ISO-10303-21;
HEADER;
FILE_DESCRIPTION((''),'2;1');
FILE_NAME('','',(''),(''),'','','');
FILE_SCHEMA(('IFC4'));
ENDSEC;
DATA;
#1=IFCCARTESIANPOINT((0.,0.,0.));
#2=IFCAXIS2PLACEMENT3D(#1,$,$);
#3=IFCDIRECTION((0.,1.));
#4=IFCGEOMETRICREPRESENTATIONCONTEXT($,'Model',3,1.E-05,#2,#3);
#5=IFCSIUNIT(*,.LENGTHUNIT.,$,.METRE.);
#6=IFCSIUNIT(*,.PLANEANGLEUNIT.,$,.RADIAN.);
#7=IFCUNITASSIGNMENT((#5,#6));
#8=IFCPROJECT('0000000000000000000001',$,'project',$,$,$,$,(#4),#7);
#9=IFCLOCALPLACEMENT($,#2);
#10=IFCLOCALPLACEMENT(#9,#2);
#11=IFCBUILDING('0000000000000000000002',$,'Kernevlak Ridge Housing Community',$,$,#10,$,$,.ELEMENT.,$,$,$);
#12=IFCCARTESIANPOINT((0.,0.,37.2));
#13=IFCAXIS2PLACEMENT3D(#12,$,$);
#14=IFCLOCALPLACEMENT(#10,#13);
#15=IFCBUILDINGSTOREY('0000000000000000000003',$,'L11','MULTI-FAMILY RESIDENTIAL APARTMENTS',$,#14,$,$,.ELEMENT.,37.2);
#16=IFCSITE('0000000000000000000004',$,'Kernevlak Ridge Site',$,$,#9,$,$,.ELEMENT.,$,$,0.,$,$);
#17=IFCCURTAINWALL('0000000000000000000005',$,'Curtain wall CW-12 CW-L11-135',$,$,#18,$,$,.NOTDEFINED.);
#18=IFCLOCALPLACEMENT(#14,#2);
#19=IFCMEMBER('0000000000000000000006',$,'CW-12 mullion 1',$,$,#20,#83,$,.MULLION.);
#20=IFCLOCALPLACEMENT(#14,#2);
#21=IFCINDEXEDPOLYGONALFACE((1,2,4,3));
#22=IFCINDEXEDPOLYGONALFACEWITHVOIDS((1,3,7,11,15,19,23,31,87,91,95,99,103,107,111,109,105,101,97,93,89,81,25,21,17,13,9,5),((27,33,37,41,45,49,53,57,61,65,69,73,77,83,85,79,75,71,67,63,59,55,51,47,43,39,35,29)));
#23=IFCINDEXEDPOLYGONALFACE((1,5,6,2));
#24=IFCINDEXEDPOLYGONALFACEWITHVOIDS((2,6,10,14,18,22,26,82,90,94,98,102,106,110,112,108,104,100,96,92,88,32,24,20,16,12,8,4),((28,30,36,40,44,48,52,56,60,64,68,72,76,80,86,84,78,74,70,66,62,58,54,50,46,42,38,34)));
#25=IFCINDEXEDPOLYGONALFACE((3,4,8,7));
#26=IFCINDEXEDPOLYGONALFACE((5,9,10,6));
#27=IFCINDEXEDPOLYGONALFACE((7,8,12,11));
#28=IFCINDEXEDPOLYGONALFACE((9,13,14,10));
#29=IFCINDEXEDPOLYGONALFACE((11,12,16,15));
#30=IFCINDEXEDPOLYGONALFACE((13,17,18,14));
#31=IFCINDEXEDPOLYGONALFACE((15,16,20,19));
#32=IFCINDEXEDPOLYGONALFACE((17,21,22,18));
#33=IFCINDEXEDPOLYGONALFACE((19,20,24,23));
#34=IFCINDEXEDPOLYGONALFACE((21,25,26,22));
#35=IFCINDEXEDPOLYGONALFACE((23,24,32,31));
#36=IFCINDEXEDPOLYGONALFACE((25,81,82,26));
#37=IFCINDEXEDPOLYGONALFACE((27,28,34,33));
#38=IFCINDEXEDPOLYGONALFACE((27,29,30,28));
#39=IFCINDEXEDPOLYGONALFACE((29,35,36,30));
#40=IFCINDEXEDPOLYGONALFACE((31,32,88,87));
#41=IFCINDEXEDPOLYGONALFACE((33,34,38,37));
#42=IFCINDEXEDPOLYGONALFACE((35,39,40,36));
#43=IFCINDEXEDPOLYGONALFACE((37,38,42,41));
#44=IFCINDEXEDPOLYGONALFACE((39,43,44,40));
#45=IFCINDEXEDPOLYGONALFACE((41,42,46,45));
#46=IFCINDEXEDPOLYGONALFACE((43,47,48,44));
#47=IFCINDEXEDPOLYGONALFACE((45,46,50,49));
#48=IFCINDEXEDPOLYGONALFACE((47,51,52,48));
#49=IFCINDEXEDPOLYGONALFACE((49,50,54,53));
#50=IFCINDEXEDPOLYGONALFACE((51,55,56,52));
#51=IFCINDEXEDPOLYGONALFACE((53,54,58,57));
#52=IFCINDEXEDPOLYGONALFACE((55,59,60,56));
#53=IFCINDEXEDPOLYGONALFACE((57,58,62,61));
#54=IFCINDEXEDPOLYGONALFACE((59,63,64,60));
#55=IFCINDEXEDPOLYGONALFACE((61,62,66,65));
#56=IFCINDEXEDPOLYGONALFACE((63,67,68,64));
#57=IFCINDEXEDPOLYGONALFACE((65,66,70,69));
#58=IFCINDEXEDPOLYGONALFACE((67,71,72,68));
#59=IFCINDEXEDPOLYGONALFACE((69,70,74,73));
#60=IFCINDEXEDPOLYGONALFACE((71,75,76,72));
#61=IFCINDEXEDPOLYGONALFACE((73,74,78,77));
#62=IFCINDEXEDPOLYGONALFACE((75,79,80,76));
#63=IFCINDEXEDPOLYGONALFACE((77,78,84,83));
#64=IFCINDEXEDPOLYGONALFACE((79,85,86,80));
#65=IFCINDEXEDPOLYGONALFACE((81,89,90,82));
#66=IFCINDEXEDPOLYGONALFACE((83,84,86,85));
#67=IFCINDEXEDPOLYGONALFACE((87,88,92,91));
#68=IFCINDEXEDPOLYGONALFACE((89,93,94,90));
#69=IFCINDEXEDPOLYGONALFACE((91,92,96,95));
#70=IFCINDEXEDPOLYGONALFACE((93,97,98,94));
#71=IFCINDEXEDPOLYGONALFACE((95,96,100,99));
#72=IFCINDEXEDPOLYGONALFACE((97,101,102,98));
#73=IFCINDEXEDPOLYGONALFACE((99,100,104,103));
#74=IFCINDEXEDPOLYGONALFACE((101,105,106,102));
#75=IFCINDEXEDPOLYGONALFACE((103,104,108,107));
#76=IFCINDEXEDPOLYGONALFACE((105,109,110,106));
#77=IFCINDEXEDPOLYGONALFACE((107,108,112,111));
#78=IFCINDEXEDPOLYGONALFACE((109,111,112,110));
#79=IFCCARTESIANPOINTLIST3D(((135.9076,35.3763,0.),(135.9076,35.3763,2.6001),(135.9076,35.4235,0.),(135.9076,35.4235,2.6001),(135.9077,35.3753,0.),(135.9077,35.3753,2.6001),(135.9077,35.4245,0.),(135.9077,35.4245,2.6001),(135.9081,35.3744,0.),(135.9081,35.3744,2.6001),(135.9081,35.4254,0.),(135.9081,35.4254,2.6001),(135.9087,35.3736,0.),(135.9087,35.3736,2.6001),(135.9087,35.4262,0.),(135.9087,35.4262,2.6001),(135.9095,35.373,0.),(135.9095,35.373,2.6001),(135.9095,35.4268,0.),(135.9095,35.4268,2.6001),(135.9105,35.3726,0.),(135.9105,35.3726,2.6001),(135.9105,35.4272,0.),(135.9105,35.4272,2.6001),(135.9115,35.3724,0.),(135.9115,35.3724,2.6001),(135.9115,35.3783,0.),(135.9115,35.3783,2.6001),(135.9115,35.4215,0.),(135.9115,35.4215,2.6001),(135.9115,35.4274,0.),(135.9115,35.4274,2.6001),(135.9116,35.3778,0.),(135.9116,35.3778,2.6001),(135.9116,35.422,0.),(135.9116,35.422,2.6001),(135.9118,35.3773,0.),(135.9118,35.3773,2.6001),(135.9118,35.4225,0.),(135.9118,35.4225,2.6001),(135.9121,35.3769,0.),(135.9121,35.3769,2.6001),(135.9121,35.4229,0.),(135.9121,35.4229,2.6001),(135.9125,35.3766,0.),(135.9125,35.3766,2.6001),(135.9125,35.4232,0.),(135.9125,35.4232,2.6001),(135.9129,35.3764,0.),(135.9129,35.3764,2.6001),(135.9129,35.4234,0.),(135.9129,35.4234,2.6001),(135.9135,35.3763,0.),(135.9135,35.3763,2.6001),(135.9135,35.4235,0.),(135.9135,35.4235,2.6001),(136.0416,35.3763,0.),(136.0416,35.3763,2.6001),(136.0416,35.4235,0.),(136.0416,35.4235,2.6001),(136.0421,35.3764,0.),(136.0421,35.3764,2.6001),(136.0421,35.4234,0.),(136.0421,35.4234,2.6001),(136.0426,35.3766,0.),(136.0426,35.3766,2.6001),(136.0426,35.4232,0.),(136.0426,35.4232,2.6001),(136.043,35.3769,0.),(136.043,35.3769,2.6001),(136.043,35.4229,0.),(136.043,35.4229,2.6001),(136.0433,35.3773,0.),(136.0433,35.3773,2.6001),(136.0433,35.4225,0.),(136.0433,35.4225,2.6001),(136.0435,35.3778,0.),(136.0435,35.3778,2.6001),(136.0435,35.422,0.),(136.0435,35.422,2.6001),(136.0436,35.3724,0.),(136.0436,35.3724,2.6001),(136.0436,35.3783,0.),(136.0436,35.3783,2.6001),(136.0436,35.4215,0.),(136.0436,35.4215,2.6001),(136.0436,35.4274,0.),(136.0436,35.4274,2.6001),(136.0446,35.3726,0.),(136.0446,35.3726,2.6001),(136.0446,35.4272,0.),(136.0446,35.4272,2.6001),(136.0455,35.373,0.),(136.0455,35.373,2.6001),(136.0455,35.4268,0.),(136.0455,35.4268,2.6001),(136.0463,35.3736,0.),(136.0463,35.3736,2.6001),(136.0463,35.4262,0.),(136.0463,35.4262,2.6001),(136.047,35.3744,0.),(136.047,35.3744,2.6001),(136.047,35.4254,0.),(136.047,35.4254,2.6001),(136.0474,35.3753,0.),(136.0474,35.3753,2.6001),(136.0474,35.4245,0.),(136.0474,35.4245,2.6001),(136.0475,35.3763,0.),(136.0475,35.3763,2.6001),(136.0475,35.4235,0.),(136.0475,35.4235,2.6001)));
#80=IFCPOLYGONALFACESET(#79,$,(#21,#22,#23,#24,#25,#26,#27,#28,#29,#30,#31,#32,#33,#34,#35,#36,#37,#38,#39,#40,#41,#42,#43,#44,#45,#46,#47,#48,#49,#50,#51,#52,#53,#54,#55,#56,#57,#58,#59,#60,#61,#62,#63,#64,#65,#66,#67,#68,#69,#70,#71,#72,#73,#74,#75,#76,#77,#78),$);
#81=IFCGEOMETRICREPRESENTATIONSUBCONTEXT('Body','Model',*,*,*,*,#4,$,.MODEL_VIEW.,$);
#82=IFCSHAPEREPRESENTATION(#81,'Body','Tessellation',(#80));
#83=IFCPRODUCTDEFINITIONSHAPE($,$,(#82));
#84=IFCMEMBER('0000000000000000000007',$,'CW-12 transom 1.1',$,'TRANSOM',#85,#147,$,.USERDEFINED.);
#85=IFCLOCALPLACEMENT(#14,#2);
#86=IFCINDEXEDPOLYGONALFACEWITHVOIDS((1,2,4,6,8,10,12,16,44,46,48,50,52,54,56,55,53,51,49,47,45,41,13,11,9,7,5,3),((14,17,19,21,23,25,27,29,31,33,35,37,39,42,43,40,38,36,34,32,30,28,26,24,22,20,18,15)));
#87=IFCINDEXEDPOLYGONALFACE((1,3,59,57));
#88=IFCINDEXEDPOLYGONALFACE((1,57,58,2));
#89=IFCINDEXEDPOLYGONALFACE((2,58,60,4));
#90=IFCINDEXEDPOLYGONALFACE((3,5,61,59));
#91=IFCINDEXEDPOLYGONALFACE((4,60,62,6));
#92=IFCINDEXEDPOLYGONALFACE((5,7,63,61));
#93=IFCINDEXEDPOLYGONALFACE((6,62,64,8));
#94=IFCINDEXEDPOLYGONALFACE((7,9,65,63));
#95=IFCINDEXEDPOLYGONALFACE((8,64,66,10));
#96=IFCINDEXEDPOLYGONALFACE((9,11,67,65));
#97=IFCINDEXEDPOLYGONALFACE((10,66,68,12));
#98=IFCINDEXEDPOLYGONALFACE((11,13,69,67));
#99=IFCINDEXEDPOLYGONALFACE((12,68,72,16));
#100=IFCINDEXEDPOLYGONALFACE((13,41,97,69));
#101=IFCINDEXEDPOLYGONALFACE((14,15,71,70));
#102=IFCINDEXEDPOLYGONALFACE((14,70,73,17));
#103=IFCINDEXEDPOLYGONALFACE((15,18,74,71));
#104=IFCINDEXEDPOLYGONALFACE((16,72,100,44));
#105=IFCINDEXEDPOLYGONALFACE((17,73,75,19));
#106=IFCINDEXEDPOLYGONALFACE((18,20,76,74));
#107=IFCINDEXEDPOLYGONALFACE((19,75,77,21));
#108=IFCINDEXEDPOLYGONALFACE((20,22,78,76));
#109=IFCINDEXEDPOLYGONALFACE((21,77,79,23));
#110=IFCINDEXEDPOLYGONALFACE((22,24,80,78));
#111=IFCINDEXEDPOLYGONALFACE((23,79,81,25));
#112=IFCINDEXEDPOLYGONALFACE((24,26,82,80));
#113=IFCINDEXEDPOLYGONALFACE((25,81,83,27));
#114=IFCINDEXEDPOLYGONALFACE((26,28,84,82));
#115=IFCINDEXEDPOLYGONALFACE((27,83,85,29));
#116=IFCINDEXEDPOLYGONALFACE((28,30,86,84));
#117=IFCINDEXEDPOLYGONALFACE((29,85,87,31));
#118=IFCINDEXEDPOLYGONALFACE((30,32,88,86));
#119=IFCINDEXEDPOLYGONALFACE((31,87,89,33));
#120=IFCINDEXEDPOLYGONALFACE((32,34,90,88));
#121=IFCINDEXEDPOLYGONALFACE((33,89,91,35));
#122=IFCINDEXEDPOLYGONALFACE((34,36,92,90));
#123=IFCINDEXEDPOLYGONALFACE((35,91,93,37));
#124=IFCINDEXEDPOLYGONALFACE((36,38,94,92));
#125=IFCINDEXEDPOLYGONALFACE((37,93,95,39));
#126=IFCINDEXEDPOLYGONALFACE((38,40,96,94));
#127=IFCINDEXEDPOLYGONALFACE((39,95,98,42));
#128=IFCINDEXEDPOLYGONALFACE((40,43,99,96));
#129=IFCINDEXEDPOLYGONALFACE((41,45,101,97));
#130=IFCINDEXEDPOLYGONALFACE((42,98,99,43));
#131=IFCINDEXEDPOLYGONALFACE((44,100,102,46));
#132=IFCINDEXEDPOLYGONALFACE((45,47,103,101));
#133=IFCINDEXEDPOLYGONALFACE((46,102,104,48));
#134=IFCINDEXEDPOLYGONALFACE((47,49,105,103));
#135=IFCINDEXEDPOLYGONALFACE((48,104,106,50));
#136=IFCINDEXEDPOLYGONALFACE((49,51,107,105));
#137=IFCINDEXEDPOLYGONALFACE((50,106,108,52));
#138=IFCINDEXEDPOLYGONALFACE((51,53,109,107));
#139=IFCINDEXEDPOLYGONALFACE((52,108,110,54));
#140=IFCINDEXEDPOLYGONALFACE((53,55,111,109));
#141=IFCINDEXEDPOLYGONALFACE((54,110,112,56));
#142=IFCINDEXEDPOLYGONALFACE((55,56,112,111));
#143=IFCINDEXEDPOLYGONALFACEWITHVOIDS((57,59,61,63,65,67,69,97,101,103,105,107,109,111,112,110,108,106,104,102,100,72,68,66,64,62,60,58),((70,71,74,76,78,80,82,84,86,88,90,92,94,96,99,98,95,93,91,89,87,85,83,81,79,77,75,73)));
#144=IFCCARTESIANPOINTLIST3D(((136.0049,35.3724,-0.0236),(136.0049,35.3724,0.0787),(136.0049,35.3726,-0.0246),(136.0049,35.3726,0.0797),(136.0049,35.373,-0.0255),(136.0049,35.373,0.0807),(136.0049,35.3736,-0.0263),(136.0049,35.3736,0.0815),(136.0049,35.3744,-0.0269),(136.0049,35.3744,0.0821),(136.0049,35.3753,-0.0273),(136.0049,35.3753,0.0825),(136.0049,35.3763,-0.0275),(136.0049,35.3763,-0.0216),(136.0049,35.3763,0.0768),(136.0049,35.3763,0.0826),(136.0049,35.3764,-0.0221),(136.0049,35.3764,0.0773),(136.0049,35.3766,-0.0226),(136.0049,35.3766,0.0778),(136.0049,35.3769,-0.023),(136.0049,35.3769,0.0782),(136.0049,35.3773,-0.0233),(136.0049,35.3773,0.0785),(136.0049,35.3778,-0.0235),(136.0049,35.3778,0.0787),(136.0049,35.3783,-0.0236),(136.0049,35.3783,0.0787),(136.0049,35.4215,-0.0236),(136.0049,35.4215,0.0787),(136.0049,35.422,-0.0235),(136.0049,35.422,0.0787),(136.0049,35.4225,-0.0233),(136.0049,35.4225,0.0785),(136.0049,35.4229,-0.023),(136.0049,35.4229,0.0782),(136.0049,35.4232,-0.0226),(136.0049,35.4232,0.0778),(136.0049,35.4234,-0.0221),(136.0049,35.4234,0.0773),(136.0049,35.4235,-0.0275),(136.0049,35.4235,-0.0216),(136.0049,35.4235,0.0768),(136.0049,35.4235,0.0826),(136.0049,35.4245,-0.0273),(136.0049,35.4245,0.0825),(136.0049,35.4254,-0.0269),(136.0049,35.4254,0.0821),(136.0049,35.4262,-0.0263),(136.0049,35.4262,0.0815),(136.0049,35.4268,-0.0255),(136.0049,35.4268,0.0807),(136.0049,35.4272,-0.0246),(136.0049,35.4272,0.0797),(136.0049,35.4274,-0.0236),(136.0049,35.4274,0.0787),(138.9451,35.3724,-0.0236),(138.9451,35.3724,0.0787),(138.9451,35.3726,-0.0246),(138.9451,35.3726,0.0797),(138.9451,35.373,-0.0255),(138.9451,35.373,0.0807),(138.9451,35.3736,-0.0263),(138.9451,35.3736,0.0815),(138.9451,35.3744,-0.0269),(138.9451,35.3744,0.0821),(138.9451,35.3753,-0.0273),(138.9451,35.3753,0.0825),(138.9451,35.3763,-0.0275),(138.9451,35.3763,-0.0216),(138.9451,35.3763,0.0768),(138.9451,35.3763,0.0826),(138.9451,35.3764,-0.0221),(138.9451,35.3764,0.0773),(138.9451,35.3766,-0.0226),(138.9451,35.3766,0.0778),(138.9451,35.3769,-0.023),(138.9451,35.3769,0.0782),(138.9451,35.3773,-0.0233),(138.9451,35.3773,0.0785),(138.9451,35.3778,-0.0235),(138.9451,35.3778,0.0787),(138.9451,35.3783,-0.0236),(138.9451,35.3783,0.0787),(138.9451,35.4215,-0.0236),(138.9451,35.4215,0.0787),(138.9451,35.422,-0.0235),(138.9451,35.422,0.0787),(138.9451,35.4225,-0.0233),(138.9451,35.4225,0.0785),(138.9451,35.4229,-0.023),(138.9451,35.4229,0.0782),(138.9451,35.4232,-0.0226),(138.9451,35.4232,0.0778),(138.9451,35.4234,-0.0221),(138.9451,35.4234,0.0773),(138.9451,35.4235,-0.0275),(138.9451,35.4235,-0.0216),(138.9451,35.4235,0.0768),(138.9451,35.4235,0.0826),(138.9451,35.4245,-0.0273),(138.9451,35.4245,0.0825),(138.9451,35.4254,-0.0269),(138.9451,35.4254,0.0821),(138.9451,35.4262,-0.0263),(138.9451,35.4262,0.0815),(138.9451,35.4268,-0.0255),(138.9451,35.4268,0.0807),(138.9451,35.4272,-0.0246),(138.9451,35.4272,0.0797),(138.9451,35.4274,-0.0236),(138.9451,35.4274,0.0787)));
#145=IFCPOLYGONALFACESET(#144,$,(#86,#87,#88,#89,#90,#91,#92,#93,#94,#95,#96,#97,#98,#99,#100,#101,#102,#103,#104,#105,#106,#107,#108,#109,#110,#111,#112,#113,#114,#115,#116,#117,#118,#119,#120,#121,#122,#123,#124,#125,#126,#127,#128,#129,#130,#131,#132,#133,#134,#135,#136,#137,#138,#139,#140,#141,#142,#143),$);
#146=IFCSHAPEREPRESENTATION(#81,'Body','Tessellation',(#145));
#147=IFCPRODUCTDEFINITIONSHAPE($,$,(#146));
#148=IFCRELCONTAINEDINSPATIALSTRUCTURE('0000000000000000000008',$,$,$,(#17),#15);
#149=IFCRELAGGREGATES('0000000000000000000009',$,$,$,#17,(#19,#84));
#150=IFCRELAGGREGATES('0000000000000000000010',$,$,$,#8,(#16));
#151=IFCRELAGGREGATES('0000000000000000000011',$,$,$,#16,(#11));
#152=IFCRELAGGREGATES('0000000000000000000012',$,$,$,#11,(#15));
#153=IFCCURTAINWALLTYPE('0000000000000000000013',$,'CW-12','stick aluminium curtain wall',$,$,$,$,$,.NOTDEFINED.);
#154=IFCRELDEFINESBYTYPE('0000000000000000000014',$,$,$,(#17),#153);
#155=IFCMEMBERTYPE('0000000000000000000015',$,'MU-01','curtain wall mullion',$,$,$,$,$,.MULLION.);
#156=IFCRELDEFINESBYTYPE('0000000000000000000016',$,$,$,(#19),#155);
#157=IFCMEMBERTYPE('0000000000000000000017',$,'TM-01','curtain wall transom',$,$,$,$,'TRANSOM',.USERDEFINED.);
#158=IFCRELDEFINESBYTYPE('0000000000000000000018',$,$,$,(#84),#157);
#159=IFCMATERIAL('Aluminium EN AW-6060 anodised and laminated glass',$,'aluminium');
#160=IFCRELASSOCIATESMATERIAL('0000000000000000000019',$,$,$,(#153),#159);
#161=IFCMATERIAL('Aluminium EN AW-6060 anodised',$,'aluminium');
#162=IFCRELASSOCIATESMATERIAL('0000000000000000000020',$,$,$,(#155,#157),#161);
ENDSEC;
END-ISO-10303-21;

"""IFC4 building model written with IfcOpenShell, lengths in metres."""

from ifc_helpers import new_model, si_unit, direction, frame, origin, origin_2d, place, context, subcontext, project, spatial, hollow_rectangle, extrude, material, material_profile, profile_set, type_object, element, aggregate, save


model = new_model("IFC4")

# Units and contexts
model_context = context("Model", 3, precision=1e-05, world=origin(), true_north=direction((0.0, 1.0)))
body_context = subcontext(model_context, "Body", "Model", "MODEL_VIEW")
ifc_project = project(units=[si_unit("LENGTHUNIT", "METRE"), si_unit("PLANEANGLEUNIT", "RADIAN")], contexts=[model_context])

# Site, building, storey
site_placement = place(None, origin())
site = spatial("IfcSite", under=ifc_project, at=site_placement, Name="Kernevlak Ridge Site", CompositionType="ELEMENT", RefElevation=0.0)
building_placement = place(site_placement, origin())
building = spatial("IfcBuilding", under=site, at=building_placement, Name="Kernevlak Ridge Housing Community", CompositionType="ELEMENT")
storey_placement = place(building_placement, frame((0.0, 0.0, 37.2)))
storey = spatial("IfcBuildingStorey", under=building, at=storey_placement, Name="L11", Description="MULTI-FAMILY RESIDENTIAL APARTMENTS", CompositionType="ELEMENT", Elevation=37.2)

# Curtain wall, members
ifc_material_1 = material(Name="Aluminium EN AW-6060 anodised and laminated glass", Category="aluminium")
curtain_wall_type = type_object("IfcCurtainWallType", Name="CW-12", Description="stick aluminium curtain wall", PredefinedType="NOTDEFINED", material=ifc_material_1)
curtain_wall_placement = place(storey_placement, origin())
curtain_wall = element("IfcCurtainWall", 1, at=curtain_wall_placement, inside=storey, type_object=curtain_wall_type, Name="Curtain wall CW-12 CW-L11-135", PredefinedType="NOTDEFINED")
ifc_material_2 = material(Name="Aluminium EN AW-6060 anodised", Category="aluminium")
ifc_material_profile_1 = material_profile(ifc_material_2, hollow_rectangle(XDim=0.0549, YDim=0.1399, WallThickness=0.0039, InnerFilletRadius=0.002, OuterFilletRadius=0.0039, at=origin_2d()), Name="ALU 55x140x4")
ifc_profile_set_1 = profile_set([ifc_material_profile_1], Name="Aluminium EN AW-6060 anodised")
member_type_1 = type_object("IfcMemberType", Name="MU-01", Description="curtain wall mullion", PredefinedType="MULLION", material=ifc_profile_set_1)
member_1_placement = place(storey_placement, frame((135.9775, 35.3999, 0.0), z_axis=(0.0, 0.0, 1.0), x_axis=(0.0, 1.0, 0.0)))
member_1 = element("IfcMember", 2, at=member_1_placement, type_object=member_type_1, Name="CW-12 mullion 1", PredefinedType="MULLION", context=body_context, shape_type="SweptSolid", body=[
    extrude(hollow_rectangle(XDim=0.0549, YDim=0.1399, WallThickness=0.0039, InnerFilletRadius=0.002, OuterFilletRadius=0.0039, at=origin_2d()), origin(), (0.0, 0.0, 1.0), 2.6001),
])
ifc_material_profile_2 = material_profile(ifc_material_2, hollow_rectangle(XDim=0.0549, YDim=0.1101, WallThickness=0.0039, InnerFilletRadius=0.002, OuterFilletRadius=0.0039, at=origin_2d()), Name="ALU 55x110x4")
ifc_profile_set_2 = profile_set([ifc_material_profile_2], Name="Aluminium EN AW-6060 anodised")
member_type_2 = type_object("IfcMemberType", Name="TM-01", Description="curtain wall transom", ElementType="TRANSOM", PredefinedType="USERDEFINED", material=ifc_profile_set_2)
member_2_placement = place(storey_placement, frame((136.0049, 35.3999, 0.0276), z_axis=(1.0, 0.0, 0.0), x_axis=(0.0, 1.0, 0.0)))
member_2 = element("IfcMember", 3, at=member_2_placement, type_object=member_type_2, Name="CW-12 transom 1.1", ObjectType="TRANSOM", PredefinedType="USERDEFINED", context=body_context, shape_type="SweptSolid", body=[
    extrude(hollow_rectangle(XDim=0.0549, YDim=0.1101, WallThickness=0.0039, InnerFilletRadius=0.002, OuterFilletRadius=0.0039, at=origin_2d()), origin(), (0.0, 0.0, 1.0), 2.9402),
])
aggregate(curtain_wall, [member_1, member_2])

save(model, "model.ifc")
